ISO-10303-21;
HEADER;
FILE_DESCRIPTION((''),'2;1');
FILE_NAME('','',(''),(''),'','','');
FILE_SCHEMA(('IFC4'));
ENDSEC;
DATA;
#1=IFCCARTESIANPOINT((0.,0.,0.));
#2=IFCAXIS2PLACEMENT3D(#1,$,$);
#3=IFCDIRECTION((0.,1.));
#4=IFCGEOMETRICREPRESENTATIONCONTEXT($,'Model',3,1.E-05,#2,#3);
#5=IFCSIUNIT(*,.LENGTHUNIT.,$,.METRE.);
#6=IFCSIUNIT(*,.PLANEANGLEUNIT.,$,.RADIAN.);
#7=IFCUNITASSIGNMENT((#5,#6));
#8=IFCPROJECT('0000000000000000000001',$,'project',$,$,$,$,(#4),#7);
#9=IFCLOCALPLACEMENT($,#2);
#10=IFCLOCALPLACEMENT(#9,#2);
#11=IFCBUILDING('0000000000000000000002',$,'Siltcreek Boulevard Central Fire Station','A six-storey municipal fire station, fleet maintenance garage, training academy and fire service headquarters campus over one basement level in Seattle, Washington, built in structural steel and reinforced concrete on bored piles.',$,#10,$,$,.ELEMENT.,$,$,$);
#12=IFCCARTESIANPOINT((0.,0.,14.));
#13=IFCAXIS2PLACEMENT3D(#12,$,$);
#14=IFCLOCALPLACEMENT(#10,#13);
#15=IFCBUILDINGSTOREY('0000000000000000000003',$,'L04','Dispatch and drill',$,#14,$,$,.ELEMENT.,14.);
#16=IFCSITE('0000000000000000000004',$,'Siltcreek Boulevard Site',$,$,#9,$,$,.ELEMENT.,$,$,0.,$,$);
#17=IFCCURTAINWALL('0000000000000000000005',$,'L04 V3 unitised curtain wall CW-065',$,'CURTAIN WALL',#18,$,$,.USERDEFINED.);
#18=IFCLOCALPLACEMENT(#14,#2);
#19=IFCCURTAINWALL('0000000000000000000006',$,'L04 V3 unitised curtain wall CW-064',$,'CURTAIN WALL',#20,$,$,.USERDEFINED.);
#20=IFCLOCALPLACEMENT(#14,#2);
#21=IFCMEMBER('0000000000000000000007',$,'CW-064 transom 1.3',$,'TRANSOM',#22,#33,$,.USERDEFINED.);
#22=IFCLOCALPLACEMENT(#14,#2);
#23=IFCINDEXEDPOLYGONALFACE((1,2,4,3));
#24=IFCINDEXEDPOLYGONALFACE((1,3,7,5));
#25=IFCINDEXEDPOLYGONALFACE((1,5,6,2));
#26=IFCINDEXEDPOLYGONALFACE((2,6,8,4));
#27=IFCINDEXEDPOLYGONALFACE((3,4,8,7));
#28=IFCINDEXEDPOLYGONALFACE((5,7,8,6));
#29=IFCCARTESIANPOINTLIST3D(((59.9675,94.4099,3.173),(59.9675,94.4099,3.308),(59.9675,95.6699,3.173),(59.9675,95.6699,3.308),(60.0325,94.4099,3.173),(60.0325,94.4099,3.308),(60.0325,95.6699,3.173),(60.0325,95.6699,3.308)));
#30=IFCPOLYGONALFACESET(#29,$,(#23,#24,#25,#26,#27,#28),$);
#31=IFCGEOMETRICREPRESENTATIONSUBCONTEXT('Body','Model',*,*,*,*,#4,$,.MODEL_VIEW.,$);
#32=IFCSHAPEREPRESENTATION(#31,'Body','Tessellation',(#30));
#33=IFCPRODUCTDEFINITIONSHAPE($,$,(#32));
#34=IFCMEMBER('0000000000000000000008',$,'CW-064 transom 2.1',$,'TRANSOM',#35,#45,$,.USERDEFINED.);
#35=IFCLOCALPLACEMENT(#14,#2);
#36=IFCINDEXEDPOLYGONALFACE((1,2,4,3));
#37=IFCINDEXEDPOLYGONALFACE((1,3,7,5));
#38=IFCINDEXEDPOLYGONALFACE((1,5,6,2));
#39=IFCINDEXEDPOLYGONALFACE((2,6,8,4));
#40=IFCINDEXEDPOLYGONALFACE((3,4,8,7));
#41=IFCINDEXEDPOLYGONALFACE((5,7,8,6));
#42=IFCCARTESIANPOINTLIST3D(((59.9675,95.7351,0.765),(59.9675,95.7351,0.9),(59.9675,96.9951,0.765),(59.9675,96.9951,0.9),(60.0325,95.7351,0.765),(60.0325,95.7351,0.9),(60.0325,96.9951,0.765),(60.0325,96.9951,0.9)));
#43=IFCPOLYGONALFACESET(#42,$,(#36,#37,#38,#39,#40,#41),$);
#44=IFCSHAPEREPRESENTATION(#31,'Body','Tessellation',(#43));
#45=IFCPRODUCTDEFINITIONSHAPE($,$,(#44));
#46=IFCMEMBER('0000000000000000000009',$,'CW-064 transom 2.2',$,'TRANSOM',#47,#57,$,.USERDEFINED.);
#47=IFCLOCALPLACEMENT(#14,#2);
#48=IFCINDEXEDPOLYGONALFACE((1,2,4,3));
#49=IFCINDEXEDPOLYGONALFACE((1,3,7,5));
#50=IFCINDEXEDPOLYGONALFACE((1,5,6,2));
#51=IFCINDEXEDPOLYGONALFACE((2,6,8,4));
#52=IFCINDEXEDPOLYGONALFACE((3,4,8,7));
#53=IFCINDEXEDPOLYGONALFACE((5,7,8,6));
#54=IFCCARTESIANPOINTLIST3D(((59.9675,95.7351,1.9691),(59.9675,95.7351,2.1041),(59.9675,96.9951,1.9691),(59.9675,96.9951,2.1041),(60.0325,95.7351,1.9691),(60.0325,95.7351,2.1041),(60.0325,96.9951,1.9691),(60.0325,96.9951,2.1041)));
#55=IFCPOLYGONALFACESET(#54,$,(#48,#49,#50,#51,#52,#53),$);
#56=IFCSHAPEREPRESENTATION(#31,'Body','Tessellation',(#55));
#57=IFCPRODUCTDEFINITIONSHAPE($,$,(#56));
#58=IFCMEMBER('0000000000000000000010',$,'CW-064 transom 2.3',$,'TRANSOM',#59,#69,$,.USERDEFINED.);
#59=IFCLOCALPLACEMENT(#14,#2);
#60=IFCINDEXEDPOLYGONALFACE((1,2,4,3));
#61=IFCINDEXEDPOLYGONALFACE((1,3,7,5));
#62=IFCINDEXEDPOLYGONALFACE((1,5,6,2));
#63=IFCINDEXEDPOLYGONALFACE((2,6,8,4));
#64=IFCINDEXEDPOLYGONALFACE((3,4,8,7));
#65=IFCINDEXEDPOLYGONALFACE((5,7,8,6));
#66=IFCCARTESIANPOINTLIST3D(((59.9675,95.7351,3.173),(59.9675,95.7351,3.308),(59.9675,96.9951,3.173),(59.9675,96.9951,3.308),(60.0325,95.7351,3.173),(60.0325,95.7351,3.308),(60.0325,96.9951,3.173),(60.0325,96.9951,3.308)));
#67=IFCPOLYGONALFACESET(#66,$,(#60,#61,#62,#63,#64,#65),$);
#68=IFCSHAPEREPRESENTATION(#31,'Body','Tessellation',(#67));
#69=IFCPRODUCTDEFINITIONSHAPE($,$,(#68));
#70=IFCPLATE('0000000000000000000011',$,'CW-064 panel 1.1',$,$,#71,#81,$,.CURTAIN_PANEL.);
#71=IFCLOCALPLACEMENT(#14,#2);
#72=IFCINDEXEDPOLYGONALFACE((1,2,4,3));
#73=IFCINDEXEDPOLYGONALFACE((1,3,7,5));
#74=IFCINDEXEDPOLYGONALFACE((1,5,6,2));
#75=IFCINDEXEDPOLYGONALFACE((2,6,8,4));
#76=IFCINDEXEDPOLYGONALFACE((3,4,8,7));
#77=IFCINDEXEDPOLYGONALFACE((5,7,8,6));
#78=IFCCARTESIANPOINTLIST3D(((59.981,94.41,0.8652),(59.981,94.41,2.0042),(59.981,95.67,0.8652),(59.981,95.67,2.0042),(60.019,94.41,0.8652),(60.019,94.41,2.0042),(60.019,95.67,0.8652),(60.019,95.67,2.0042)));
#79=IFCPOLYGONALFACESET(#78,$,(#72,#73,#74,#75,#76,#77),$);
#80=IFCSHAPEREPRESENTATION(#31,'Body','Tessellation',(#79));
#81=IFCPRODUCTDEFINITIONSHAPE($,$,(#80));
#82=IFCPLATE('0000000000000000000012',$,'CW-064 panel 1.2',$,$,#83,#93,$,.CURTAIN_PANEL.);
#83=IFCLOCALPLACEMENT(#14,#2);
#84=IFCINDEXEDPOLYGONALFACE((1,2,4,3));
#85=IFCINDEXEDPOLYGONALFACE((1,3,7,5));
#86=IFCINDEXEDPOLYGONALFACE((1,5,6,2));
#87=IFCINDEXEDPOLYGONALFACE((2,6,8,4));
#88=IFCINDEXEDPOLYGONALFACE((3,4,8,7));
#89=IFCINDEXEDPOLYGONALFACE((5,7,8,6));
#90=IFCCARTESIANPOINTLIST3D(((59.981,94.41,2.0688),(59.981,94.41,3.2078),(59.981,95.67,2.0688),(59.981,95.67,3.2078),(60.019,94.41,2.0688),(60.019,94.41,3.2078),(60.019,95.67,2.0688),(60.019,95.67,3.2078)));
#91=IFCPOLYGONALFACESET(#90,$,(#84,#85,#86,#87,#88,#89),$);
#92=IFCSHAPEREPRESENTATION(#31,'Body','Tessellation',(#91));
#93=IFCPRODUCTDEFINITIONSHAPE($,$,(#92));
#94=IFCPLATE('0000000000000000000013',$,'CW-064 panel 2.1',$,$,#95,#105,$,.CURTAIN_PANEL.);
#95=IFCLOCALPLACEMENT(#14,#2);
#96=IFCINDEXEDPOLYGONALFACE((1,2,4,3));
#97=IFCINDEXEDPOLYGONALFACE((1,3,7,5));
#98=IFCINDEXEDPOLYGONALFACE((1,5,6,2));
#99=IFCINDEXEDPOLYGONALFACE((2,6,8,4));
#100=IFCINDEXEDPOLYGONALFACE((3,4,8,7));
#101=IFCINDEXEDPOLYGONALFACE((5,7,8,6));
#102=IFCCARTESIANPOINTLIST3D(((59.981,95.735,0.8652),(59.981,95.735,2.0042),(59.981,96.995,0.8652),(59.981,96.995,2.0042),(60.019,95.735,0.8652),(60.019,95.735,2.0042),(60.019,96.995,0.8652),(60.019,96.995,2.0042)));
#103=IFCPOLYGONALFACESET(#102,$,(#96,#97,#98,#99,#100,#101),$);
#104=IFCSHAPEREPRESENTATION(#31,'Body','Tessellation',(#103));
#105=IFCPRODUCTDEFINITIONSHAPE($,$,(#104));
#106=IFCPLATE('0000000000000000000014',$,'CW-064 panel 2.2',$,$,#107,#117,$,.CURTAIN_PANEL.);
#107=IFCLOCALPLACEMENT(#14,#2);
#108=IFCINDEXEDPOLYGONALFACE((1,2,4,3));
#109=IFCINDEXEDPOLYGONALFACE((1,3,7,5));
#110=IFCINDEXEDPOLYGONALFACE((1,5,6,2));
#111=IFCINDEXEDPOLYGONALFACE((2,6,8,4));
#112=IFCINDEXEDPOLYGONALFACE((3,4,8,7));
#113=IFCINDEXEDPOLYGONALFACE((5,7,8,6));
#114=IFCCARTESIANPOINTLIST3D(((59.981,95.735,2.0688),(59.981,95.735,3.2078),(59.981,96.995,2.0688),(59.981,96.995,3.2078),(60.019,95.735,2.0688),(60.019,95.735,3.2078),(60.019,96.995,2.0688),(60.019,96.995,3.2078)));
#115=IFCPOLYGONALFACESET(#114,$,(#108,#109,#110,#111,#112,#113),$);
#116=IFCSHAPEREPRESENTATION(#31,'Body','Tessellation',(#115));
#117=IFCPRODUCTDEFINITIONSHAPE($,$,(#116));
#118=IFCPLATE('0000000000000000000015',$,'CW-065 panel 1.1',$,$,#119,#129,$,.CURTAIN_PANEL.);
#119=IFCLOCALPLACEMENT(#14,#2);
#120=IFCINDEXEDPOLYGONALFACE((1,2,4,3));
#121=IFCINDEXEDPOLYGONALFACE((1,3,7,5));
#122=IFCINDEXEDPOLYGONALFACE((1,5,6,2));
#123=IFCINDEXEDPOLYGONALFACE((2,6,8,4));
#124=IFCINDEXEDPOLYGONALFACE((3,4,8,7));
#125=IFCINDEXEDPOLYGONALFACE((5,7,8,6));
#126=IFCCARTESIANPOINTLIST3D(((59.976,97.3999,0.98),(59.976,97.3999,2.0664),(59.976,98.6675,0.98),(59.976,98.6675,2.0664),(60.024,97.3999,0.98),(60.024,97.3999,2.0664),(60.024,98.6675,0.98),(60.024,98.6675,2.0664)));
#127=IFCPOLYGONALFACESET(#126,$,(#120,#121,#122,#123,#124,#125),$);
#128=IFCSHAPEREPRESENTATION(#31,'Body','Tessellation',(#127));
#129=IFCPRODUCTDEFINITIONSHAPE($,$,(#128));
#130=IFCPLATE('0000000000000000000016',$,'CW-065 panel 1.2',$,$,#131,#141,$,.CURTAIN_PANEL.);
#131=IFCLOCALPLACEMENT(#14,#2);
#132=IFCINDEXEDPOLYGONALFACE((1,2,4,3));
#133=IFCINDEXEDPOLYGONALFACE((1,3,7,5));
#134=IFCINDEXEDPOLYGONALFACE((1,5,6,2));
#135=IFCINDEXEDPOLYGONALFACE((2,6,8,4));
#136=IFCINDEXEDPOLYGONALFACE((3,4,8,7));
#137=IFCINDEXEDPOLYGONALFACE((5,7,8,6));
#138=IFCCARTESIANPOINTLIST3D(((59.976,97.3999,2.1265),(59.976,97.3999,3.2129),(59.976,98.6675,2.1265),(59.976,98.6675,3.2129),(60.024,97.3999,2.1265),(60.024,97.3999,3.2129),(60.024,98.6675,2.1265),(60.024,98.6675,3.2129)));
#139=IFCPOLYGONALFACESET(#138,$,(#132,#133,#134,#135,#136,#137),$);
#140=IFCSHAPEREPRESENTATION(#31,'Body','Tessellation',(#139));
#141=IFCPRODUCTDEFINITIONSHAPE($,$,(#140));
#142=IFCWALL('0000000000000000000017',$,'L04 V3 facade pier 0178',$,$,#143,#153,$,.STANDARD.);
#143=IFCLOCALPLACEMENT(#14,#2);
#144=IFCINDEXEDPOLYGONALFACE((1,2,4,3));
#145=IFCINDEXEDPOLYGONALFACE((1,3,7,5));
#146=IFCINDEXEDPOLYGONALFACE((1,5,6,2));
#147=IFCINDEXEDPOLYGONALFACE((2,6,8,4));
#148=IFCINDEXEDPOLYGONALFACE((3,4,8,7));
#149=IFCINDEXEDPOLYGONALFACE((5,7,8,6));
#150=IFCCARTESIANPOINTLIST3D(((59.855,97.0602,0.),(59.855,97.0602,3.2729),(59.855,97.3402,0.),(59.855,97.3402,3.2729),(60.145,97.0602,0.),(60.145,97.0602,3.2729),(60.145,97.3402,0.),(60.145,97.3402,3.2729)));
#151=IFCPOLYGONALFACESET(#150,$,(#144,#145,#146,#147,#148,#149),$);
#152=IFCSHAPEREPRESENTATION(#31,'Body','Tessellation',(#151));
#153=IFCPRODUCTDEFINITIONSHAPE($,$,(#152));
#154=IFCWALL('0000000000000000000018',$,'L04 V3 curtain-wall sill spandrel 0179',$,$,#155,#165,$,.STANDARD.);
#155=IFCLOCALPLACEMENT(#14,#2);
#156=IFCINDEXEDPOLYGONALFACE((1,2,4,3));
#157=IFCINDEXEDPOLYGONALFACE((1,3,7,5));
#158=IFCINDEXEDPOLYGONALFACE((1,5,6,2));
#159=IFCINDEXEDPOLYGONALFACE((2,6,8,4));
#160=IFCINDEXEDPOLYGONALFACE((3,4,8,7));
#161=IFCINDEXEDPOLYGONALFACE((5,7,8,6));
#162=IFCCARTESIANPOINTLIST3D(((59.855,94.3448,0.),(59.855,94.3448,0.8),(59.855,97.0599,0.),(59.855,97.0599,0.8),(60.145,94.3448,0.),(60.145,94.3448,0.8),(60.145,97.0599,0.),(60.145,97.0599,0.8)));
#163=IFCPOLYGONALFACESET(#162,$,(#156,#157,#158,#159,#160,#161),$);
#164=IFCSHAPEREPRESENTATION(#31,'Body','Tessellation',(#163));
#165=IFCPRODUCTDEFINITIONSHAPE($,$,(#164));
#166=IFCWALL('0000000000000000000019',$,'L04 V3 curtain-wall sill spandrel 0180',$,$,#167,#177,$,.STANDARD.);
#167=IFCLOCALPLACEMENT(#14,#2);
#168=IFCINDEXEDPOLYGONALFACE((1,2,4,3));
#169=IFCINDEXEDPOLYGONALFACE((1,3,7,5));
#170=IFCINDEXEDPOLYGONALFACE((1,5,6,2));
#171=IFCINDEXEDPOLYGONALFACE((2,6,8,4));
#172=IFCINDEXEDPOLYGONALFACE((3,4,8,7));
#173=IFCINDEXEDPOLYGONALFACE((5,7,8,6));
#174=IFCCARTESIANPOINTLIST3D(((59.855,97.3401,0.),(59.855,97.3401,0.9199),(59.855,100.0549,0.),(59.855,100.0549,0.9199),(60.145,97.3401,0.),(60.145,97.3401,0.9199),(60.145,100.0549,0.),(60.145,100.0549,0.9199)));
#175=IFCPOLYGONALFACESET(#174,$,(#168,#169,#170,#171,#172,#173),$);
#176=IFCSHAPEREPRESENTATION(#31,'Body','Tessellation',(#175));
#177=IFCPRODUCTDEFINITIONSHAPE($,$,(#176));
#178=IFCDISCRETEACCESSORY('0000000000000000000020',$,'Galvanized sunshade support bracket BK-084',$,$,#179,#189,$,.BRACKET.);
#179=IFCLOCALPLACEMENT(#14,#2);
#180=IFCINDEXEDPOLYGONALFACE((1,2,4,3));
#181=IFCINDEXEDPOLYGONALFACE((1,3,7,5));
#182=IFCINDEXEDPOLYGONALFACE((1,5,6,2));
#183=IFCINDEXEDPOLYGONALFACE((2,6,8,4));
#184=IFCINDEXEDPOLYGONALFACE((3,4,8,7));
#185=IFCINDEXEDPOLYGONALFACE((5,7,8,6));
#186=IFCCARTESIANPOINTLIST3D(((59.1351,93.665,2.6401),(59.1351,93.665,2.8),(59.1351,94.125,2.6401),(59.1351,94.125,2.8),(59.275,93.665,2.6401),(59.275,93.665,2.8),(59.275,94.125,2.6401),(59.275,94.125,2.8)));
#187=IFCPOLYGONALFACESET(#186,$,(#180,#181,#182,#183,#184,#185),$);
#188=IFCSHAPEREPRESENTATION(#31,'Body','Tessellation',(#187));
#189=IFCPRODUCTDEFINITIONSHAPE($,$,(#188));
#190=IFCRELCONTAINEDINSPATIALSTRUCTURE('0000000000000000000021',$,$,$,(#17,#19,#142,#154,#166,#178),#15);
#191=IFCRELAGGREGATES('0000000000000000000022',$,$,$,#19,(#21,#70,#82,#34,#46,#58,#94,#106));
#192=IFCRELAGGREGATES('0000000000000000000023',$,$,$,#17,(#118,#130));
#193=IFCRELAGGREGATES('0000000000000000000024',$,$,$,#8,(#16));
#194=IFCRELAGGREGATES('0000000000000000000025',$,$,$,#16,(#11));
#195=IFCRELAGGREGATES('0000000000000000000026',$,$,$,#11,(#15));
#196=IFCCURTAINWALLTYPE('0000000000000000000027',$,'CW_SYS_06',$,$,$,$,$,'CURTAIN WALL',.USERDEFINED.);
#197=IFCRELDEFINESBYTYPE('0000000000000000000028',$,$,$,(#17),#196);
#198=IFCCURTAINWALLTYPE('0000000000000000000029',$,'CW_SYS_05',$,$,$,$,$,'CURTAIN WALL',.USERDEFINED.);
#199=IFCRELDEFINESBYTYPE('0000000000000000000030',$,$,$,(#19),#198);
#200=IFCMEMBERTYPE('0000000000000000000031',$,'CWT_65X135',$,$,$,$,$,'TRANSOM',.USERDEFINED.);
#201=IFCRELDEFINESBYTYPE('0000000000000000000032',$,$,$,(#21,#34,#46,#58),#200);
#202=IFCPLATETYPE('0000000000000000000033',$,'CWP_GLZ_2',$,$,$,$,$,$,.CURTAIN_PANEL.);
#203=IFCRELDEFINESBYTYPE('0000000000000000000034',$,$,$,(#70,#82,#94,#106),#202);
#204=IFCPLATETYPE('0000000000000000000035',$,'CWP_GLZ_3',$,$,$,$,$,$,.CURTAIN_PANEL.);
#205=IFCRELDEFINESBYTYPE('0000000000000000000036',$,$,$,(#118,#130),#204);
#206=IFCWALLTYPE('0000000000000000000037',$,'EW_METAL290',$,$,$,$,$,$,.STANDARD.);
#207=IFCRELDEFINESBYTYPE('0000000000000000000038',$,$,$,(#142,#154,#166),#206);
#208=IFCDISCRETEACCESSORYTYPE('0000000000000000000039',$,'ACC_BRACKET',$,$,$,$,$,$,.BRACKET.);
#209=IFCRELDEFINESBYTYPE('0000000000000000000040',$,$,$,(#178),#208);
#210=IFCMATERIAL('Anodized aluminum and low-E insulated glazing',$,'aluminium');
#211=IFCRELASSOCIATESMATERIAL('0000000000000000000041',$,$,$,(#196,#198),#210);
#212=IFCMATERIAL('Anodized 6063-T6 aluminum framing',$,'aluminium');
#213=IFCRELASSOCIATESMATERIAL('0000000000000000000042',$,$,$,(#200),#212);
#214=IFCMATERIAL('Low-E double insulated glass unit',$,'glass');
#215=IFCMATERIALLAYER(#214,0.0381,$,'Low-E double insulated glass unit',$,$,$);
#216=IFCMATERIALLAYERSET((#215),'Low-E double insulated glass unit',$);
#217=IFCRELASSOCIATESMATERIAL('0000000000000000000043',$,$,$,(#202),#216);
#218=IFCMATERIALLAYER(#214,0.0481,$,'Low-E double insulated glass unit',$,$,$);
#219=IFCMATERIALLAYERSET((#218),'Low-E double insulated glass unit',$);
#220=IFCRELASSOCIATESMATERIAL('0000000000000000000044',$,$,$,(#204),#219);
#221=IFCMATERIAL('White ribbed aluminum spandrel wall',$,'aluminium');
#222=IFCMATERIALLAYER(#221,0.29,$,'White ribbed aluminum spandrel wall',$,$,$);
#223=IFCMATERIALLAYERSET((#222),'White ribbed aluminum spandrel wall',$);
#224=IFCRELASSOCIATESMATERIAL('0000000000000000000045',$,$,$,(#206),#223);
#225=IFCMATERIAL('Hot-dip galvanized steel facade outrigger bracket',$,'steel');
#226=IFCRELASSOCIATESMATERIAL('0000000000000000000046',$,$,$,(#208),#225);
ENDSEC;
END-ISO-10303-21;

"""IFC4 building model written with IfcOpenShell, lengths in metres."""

from ifc_helpers import new_model, si_unit, direction, frame, frame_2d, origin, origin_2d, place, context, subcontext, project, spatial, rectangle, extrude, material, layer, layer_set, material_profile, profile_set, type_object, element, aggregate, save


model = new_model("IFC4")

# Units and contexts
model_context = context("Model", 3, precision=1e-05, world=origin(), true_north=direction((0.0, 1.0)))
body_context = subcontext(model_context, "Body", "Model", "MODEL_VIEW")
ifc_project = project(units=[si_unit("LENGTHUNIT", "METRE"), si_unit("PLANEANGLEUNIT", "RADIAN")], contexts=[model_context])

# Site, building, storey
site_placement = place(None, origin())
site = spatial("IfcSite", under=ifc_project, at=site_placement, Name="Siltcreek Boulevard Site", CompositionType="ELEMENT", RefElevation=0.0)
building_placement = place(site_placement, origin())
building = spatial("IfcBuilding", under=site, at=building_placement, Name="Siltcreek Boulevard Central Fire Station", Description="A six-storey municipal fire station, fleet maintenance garage, training academy and fire service headquarters campus over one basement level in Seattle, Washington, built in structural steel and reinforced concrete on bored piles.", CompositionType="ELEMENT")
storey_placement = place(building_placement, frame((0.0, 0.0, 14.0)))
storey = spatial("IfcBuildingStorey", under=building, at=storey_placement, Name="L04", Description="Dispatch and drill", CompositionType="ELEMENT", Elevation=14.0)

# Curtain walls
ifc_material_1 = material(Name="Anodized aluminum and low-E insulated glazing", Category="aluminium")
curtain_wall_type_1 = type_object("IfcCurtainWallType", Name="CW_SYS_06", ElementType="CURTAIN WALL", PredefinedType="USERDEFINED", material=ifc_material_1)
curtain_wall_1_placement = place(storey_placement, origin())
curtain_wall_1 = element("IfcCurtainWall", 1, at=curtain_wall_1_placement, inside=storey, type_object=curtain_wall_type_1, Name="L04 V3 unitised curtain wall CW-065", ObjectType="CURTAIN WALL", PredefinedType="USERDEFINED")
ifc_material_2 = material(Name="Anodized 6063-T6 aluminum framing", Category="aluminium")
curtain_wall_type_2 = type_object("IfcCurtainWallType", Name="CW_SYS_05", ElementType="CURTAIN WALL", PredefinedType="USERDEFINED", material=ifc_material_1)
curtain_wall_2_placement = place(storey_placement, origin())
curtain_wall_2 = element("IfcCurtainWall", 2, at=curtain_wall_2_placement, inside=storey, type_object=curtain_wall_type_2, Name="L04 V3 unitised curtain wall CW-064", ObjectType="CURTAIN WALL", PredefinedType="USERDEFINED")

# Members
ifc_material_profile_1 = material_profile(ifc_material_2, rectangle(XDim=0.0649, YDim=0.135, at=origin_2d()), Name="TRAN65X135")
ifc_profile_set_1 = profile_set([ifc_material_profile_1], Name="Anodized 6063-T6 aluminum framing")
member_type_1 = type_object("IfcMemberType", Name="CWT_65X135", ElementType="TRANSOM", PredefinedType="USERDEFINED", material=ifc_profile_set_1)
member_1_placement = place(storey_placement, frame((60.0, 94.4099, 3.2405), z_axis=(0.0, 1.0, 0.0), x_axis=(-1.0, 0.0, 0.0)))
member_1 = element("IfcMember", 3, at=member_1_placement, type_object=member_type_1, Name="CW-064 transom 1.3", ObjectType="TRANSOM", PredefinedType="USERDEFINED", context=body_context, shape_type="SweptSolid", body=[
    extrude(rectangle(XDim=0.0649, YDim=0.135, at=origin_2d()), origin(), (0.0, 0.0, 1.0), 1.26),
])
member_2_placement = place(storey_placement, frame((60.0, 95.7351, 0.8325), z_axis=(0.0, 1.0, 0.0), x_axis=(-1.0, 0.0, 0.0)))
member_2 = element("IfcMember", 4, at=member_2_placement, type_object=member_type_1, Name="CW-064 transom 2.1", ObjectType="TRANSOM", PredefinedType="USERDEFINED", context=body_context, shape_type="SweptSolid", body=[
    extrude(rectangle(XDim=0.0649, YDim=0.135, at=origin_2d()), origin(), (0.0, 0.0, 1.0), 1.26),
])
member_3_placement = place(storey_placement, frame((60.0, 95.7351, 2.0366), z_axis=(0.0, 1.0, 0.0), x_axis=(-1.0, 0.0, 0.0)))
member_3 = element("IfcMember", 5, at=member_3_placement, type_object=member_type_1, Name="CW-064 transom 2.2", ObjectType="TRANSOM", PredefinedType="USERDEFINED", context=body_context, shape_type="SweptSolid", body=[
    extrude(rectangle(XDim=0.0649, YDim=0.135, at=origin_2d()), origin(), (0.0, 0.0, 1.0), 1.26),
])
member_4_placement = place(storey_placement, frame((60.0, 95.7351, 3.2405), z_axis=(0.0, 1.0, 0.0), x_axis=(-1.0, 0.0, 0.0)))
member_4 = element("IfcMember", 6, at=member_4_placement, type_object=member_type_1, Name="CW-064 transom 2.3", ObjectType="TRANSOM", PredefinedType="USERDEFINED", context=body_context, shape_type="SweptSolid", body=[
    extrude(rectangle(XDim=0.0649, YDim=0.135, at=origin_2d()), origin(), (0.0, 0.0, 1.0), 1.26),
])

# Plates
ifc_material_3 = material(Name="Low-E double insulated glass unit", Category="glass")
ifc_layer_1 = layer(ifc_material_3, 0.0381, Name="Low-E double insulated glass unit")
ifc_layer_set_1 = layer_set([ifc_layer_1], Name="Low-E double insulated glass unit")
plate_type_1 = type_object("IfcPlateType", Name="CWP_GLZ_2", PredefinedType="CURTAIN_PANEL", material=ifc_layer_set_1)
plate_1_placement = place(storey_placement, frame((60.0, 95.04, 0.8652), z_axis=(0.0, 0.0, 1.0), x_axis=(0.0, 1.0, 0.0)))
plate_1 = element("IfcPlate", 7, at=plate_1_placement, type_object=plate_type_1, Name="CW-064 panel 1.1", PredefinedType="CURTAIN_PANEL", context=body_context, shape_type="SweptSolid", body=[
    extrude(rectangle(XDim=1.26, YDim=0.0381, at=origin_2d()), origin(), (0.0, 0.0, 1.0), 1.1389),
])
plate_2_placement = place(storey_placement, frame((60.0, 95.04, 2.0688), z_axis=(0.0, 0.0, 1.0), x_axis=(0.0, 1.0, 0.0)))
plate_2 = element("IfcPlate", 8, at=plate_2_placement, type_object=plate_type_1, Name="CW-064 panel 1.2", PredefinedType="CURTAIN_PANEL", context=body_context, shape_type="SweptSolid", body=[
    extrude(rectangle(XDim=1.26, YDim=0.0381, at=origin_2d()), origin(), (0.0, 0.0, 1.0), 1.1389),
])
plate_3_placement = place(storey_placement, frame((60.0, 96.365, 0.8652), z_axis=(0.0, 0.0, 1.0), x_axis=(0.0, 1.0, 0.0)))
plate_3 = element("IfcPlate", 9, at=plate_3_placement, type_object=plate_type_1, Name="CW-064 panel 2.1", PredefinedType="CURTAIN_PANEL", context=body_context, shape_type="SweptSolid", body=[
    extrude(rectangle(XDim=1.26, YDim=0.0381, at=origin_2d()), origin(), (0.0, 0.0, 1.0), 1.1389),
])
plate_4_placement = place(storey_placement, frame((60.0, 96.365, 2.0688), z_axis=(0.0, 0.0, 1.0), x_axis=(0.0, 1.0, 0.0)))
plate_4 = element("IfcPlate", 10, at=plate_4_placement, type_object=plate_type_1, Name="CW-064 panel 2.2", PredefinedType="CURTAIN_PANEL", context=body_context, shape_type="SweptSolid", body=[
    extrude(rectangle(XDim=1.26, YDim=0.0381, at=origin_2d()), origin(), (0.0, 0.0, 1.0), 1.1389),
])
aggregate(curtain_wall_2, [member_1, plate_1, plate_2, member_2, member_3, member_4, plate_3, plate_4])
ifc_layer_2 = layer(ifc_material_3, 0.0481, Name="Low-E double insulated glass unit")
ifc_layer_set_2 = layer_set([ifc_layer_2], Name="Low-E double insulated glass unit")
plate_type_2 = type_object("IfcPlateType", Name="CWP_GLZ_3", PredefinedType="CURTAIN_PANEL", material=ifc_layer_set_2)
plate_5_placement = place(storey_placement, frame((60.0, 98.0337, 0.98), z_axis=(0.0, 0.0, 1.0), x_axis=(0.0, 1.0, 0.0)))
plate_5 = element("IfcPlate", 11, at=plate_5_placement, type_object=plate_type_2, Name="CW-065 panel 1.1", PredefinedType="CURTAIN_PANEL", context=body_context, shape_type="SweptSolid", body=[
    extrude(rectangle(XDim=1.2676, YDim=0.0481, at=origin_2d()), origin(), (0.0, 0.0, 1.0), 1.0864),
])
plate_6_placement = place(storey_placement, frame((60.0, 98.0337, 2.1265), z_axis=(0.0, 0.0, 1.0), x_axis=(0.0, 1.0, 0.0)))
plate_6 = element("IfcPlate", 12, at=plate_6_placement, type_object=plate_type_2, Name="CW-065 panel 1.2", PredefinedType="CURTAIN_PANEL", context=body_context, shape_type="SweptSolid", body=[
    extrude(rectangle(XDim=1.2676, YDim=0.0481, at=origin_2d()), origin(), (0.0, 0.0, 1.0), 1.0864),
])
aggregate(curtain_wall_1, [plate_5, plate_6])

# Walls
ifc_material_4 = material(Name="White ribbed aluminum spandrel wall", Category="aluminium")
ifc_layer_3 = layer(ifc_material_4, 0.29, Name="White ribbed aluminum spandrel wall")
ifc_layer_set_3 = layer_set([ifc_layer_3], Name="White ribbed aluminum spandrel wall")
wall_type = type_object("IfcWallType", Name="EW_METAL290", PredefinedType="STANDARD", material=ifc_layer_set_3)
wall_1_placement = place(storey_placement, frame((60.0, 97.0601, 0.0), z_axis=(0.0, 0.0, 1.0), x_axis=(0.0, 1.0, 0.0)))
element("IfcWall", 13, at=wall_1_placement, inside=storey, type_object=wall_type, Name="L04 V3 facade pier 0178", PredefinedType="STANDARD", context=body_context, shape_type="SweptSolid", body=[
    extrude(rectangle(XDim=0.28, YDim=0.29, at=frame_2d((0.1401, 0.0))), origin(), (0.0, 0.0, 1.0), 3.2729),
])
wall_2_placement = place(storey_placement, frame((60.0, 94.345, 0.0), z_axis=(0.0, 0.0, 1.0), x_axis=(0.0, 1.0, 0.0)))
element("IfcWall", 14, at=wall_2_placement, inside=storey, type_object=wall_type, Name="L04 V3 curtain-wall sill spandrel 0179", PredefinedType="STANDARD", context=body_context, shape_type="SweptSolid", body=[
    extrude(rectangle(XDim=2.7151, YDim=0.29, at=frame_2d((1.3574, 0.0))), origin(), (0.0, 0.0, 1.0), 0.8),
])
wall_3_placement = place(storey_placement, frame((60.0, 97.3401, 0.0), z_axis=(0.0, 0.0, 1.0), x_axis=(0.0, 1.0, 0.0)))
element("IfcWall", 15, at=wall_3_placement, inside=storey, type_object=wall_type, Name="L04 V3 curtain-wall sill spandrel 0180", PredefinedType="STANDARD", context=body_context, shape_type="SweptSolid", body=[
    extrude(rectangle(XDim=2.7148, YDim=0.29, at=frame_2d((1.3574, 0.0))), origin(), (0.0, 0.0, 1.0), 0.9199),
])

# Discrete accessory
ifc_material_5 = material(Name="Hot-dip galvanized steel facade outrigger bracket", Category="steel")
discrete_accessory_type = type_object("IfcDiscreteAccessoryType", Name="ACC_BRACKET", PredefinedType="BRACKET", material=ifc_material_5)
discrete_accessory_placement = place(storey_placement, frame((59.2051, 93.895, 2.6401), z_axis=(0.0, 0.0, 1.0), x_axis=(1.0, 0.0, 0.0)))
element("IfcDiscreteAccessory", 16, at=discrete_accessory_placement, inside=storey, type_object=discrete_accessory_type, Name="Galvanized sunshade support bracket BK-084", PredefinedType="BRACKET", context=body_context, shape_type="SweptSolid", body=[
    extrude(rectangle(XDim=0.1399, YDim=0.46, at=origin_2d()), origin(), (0.0, 0.0, 1.0), 0.1599),
])

save(model, "model.ifc")
